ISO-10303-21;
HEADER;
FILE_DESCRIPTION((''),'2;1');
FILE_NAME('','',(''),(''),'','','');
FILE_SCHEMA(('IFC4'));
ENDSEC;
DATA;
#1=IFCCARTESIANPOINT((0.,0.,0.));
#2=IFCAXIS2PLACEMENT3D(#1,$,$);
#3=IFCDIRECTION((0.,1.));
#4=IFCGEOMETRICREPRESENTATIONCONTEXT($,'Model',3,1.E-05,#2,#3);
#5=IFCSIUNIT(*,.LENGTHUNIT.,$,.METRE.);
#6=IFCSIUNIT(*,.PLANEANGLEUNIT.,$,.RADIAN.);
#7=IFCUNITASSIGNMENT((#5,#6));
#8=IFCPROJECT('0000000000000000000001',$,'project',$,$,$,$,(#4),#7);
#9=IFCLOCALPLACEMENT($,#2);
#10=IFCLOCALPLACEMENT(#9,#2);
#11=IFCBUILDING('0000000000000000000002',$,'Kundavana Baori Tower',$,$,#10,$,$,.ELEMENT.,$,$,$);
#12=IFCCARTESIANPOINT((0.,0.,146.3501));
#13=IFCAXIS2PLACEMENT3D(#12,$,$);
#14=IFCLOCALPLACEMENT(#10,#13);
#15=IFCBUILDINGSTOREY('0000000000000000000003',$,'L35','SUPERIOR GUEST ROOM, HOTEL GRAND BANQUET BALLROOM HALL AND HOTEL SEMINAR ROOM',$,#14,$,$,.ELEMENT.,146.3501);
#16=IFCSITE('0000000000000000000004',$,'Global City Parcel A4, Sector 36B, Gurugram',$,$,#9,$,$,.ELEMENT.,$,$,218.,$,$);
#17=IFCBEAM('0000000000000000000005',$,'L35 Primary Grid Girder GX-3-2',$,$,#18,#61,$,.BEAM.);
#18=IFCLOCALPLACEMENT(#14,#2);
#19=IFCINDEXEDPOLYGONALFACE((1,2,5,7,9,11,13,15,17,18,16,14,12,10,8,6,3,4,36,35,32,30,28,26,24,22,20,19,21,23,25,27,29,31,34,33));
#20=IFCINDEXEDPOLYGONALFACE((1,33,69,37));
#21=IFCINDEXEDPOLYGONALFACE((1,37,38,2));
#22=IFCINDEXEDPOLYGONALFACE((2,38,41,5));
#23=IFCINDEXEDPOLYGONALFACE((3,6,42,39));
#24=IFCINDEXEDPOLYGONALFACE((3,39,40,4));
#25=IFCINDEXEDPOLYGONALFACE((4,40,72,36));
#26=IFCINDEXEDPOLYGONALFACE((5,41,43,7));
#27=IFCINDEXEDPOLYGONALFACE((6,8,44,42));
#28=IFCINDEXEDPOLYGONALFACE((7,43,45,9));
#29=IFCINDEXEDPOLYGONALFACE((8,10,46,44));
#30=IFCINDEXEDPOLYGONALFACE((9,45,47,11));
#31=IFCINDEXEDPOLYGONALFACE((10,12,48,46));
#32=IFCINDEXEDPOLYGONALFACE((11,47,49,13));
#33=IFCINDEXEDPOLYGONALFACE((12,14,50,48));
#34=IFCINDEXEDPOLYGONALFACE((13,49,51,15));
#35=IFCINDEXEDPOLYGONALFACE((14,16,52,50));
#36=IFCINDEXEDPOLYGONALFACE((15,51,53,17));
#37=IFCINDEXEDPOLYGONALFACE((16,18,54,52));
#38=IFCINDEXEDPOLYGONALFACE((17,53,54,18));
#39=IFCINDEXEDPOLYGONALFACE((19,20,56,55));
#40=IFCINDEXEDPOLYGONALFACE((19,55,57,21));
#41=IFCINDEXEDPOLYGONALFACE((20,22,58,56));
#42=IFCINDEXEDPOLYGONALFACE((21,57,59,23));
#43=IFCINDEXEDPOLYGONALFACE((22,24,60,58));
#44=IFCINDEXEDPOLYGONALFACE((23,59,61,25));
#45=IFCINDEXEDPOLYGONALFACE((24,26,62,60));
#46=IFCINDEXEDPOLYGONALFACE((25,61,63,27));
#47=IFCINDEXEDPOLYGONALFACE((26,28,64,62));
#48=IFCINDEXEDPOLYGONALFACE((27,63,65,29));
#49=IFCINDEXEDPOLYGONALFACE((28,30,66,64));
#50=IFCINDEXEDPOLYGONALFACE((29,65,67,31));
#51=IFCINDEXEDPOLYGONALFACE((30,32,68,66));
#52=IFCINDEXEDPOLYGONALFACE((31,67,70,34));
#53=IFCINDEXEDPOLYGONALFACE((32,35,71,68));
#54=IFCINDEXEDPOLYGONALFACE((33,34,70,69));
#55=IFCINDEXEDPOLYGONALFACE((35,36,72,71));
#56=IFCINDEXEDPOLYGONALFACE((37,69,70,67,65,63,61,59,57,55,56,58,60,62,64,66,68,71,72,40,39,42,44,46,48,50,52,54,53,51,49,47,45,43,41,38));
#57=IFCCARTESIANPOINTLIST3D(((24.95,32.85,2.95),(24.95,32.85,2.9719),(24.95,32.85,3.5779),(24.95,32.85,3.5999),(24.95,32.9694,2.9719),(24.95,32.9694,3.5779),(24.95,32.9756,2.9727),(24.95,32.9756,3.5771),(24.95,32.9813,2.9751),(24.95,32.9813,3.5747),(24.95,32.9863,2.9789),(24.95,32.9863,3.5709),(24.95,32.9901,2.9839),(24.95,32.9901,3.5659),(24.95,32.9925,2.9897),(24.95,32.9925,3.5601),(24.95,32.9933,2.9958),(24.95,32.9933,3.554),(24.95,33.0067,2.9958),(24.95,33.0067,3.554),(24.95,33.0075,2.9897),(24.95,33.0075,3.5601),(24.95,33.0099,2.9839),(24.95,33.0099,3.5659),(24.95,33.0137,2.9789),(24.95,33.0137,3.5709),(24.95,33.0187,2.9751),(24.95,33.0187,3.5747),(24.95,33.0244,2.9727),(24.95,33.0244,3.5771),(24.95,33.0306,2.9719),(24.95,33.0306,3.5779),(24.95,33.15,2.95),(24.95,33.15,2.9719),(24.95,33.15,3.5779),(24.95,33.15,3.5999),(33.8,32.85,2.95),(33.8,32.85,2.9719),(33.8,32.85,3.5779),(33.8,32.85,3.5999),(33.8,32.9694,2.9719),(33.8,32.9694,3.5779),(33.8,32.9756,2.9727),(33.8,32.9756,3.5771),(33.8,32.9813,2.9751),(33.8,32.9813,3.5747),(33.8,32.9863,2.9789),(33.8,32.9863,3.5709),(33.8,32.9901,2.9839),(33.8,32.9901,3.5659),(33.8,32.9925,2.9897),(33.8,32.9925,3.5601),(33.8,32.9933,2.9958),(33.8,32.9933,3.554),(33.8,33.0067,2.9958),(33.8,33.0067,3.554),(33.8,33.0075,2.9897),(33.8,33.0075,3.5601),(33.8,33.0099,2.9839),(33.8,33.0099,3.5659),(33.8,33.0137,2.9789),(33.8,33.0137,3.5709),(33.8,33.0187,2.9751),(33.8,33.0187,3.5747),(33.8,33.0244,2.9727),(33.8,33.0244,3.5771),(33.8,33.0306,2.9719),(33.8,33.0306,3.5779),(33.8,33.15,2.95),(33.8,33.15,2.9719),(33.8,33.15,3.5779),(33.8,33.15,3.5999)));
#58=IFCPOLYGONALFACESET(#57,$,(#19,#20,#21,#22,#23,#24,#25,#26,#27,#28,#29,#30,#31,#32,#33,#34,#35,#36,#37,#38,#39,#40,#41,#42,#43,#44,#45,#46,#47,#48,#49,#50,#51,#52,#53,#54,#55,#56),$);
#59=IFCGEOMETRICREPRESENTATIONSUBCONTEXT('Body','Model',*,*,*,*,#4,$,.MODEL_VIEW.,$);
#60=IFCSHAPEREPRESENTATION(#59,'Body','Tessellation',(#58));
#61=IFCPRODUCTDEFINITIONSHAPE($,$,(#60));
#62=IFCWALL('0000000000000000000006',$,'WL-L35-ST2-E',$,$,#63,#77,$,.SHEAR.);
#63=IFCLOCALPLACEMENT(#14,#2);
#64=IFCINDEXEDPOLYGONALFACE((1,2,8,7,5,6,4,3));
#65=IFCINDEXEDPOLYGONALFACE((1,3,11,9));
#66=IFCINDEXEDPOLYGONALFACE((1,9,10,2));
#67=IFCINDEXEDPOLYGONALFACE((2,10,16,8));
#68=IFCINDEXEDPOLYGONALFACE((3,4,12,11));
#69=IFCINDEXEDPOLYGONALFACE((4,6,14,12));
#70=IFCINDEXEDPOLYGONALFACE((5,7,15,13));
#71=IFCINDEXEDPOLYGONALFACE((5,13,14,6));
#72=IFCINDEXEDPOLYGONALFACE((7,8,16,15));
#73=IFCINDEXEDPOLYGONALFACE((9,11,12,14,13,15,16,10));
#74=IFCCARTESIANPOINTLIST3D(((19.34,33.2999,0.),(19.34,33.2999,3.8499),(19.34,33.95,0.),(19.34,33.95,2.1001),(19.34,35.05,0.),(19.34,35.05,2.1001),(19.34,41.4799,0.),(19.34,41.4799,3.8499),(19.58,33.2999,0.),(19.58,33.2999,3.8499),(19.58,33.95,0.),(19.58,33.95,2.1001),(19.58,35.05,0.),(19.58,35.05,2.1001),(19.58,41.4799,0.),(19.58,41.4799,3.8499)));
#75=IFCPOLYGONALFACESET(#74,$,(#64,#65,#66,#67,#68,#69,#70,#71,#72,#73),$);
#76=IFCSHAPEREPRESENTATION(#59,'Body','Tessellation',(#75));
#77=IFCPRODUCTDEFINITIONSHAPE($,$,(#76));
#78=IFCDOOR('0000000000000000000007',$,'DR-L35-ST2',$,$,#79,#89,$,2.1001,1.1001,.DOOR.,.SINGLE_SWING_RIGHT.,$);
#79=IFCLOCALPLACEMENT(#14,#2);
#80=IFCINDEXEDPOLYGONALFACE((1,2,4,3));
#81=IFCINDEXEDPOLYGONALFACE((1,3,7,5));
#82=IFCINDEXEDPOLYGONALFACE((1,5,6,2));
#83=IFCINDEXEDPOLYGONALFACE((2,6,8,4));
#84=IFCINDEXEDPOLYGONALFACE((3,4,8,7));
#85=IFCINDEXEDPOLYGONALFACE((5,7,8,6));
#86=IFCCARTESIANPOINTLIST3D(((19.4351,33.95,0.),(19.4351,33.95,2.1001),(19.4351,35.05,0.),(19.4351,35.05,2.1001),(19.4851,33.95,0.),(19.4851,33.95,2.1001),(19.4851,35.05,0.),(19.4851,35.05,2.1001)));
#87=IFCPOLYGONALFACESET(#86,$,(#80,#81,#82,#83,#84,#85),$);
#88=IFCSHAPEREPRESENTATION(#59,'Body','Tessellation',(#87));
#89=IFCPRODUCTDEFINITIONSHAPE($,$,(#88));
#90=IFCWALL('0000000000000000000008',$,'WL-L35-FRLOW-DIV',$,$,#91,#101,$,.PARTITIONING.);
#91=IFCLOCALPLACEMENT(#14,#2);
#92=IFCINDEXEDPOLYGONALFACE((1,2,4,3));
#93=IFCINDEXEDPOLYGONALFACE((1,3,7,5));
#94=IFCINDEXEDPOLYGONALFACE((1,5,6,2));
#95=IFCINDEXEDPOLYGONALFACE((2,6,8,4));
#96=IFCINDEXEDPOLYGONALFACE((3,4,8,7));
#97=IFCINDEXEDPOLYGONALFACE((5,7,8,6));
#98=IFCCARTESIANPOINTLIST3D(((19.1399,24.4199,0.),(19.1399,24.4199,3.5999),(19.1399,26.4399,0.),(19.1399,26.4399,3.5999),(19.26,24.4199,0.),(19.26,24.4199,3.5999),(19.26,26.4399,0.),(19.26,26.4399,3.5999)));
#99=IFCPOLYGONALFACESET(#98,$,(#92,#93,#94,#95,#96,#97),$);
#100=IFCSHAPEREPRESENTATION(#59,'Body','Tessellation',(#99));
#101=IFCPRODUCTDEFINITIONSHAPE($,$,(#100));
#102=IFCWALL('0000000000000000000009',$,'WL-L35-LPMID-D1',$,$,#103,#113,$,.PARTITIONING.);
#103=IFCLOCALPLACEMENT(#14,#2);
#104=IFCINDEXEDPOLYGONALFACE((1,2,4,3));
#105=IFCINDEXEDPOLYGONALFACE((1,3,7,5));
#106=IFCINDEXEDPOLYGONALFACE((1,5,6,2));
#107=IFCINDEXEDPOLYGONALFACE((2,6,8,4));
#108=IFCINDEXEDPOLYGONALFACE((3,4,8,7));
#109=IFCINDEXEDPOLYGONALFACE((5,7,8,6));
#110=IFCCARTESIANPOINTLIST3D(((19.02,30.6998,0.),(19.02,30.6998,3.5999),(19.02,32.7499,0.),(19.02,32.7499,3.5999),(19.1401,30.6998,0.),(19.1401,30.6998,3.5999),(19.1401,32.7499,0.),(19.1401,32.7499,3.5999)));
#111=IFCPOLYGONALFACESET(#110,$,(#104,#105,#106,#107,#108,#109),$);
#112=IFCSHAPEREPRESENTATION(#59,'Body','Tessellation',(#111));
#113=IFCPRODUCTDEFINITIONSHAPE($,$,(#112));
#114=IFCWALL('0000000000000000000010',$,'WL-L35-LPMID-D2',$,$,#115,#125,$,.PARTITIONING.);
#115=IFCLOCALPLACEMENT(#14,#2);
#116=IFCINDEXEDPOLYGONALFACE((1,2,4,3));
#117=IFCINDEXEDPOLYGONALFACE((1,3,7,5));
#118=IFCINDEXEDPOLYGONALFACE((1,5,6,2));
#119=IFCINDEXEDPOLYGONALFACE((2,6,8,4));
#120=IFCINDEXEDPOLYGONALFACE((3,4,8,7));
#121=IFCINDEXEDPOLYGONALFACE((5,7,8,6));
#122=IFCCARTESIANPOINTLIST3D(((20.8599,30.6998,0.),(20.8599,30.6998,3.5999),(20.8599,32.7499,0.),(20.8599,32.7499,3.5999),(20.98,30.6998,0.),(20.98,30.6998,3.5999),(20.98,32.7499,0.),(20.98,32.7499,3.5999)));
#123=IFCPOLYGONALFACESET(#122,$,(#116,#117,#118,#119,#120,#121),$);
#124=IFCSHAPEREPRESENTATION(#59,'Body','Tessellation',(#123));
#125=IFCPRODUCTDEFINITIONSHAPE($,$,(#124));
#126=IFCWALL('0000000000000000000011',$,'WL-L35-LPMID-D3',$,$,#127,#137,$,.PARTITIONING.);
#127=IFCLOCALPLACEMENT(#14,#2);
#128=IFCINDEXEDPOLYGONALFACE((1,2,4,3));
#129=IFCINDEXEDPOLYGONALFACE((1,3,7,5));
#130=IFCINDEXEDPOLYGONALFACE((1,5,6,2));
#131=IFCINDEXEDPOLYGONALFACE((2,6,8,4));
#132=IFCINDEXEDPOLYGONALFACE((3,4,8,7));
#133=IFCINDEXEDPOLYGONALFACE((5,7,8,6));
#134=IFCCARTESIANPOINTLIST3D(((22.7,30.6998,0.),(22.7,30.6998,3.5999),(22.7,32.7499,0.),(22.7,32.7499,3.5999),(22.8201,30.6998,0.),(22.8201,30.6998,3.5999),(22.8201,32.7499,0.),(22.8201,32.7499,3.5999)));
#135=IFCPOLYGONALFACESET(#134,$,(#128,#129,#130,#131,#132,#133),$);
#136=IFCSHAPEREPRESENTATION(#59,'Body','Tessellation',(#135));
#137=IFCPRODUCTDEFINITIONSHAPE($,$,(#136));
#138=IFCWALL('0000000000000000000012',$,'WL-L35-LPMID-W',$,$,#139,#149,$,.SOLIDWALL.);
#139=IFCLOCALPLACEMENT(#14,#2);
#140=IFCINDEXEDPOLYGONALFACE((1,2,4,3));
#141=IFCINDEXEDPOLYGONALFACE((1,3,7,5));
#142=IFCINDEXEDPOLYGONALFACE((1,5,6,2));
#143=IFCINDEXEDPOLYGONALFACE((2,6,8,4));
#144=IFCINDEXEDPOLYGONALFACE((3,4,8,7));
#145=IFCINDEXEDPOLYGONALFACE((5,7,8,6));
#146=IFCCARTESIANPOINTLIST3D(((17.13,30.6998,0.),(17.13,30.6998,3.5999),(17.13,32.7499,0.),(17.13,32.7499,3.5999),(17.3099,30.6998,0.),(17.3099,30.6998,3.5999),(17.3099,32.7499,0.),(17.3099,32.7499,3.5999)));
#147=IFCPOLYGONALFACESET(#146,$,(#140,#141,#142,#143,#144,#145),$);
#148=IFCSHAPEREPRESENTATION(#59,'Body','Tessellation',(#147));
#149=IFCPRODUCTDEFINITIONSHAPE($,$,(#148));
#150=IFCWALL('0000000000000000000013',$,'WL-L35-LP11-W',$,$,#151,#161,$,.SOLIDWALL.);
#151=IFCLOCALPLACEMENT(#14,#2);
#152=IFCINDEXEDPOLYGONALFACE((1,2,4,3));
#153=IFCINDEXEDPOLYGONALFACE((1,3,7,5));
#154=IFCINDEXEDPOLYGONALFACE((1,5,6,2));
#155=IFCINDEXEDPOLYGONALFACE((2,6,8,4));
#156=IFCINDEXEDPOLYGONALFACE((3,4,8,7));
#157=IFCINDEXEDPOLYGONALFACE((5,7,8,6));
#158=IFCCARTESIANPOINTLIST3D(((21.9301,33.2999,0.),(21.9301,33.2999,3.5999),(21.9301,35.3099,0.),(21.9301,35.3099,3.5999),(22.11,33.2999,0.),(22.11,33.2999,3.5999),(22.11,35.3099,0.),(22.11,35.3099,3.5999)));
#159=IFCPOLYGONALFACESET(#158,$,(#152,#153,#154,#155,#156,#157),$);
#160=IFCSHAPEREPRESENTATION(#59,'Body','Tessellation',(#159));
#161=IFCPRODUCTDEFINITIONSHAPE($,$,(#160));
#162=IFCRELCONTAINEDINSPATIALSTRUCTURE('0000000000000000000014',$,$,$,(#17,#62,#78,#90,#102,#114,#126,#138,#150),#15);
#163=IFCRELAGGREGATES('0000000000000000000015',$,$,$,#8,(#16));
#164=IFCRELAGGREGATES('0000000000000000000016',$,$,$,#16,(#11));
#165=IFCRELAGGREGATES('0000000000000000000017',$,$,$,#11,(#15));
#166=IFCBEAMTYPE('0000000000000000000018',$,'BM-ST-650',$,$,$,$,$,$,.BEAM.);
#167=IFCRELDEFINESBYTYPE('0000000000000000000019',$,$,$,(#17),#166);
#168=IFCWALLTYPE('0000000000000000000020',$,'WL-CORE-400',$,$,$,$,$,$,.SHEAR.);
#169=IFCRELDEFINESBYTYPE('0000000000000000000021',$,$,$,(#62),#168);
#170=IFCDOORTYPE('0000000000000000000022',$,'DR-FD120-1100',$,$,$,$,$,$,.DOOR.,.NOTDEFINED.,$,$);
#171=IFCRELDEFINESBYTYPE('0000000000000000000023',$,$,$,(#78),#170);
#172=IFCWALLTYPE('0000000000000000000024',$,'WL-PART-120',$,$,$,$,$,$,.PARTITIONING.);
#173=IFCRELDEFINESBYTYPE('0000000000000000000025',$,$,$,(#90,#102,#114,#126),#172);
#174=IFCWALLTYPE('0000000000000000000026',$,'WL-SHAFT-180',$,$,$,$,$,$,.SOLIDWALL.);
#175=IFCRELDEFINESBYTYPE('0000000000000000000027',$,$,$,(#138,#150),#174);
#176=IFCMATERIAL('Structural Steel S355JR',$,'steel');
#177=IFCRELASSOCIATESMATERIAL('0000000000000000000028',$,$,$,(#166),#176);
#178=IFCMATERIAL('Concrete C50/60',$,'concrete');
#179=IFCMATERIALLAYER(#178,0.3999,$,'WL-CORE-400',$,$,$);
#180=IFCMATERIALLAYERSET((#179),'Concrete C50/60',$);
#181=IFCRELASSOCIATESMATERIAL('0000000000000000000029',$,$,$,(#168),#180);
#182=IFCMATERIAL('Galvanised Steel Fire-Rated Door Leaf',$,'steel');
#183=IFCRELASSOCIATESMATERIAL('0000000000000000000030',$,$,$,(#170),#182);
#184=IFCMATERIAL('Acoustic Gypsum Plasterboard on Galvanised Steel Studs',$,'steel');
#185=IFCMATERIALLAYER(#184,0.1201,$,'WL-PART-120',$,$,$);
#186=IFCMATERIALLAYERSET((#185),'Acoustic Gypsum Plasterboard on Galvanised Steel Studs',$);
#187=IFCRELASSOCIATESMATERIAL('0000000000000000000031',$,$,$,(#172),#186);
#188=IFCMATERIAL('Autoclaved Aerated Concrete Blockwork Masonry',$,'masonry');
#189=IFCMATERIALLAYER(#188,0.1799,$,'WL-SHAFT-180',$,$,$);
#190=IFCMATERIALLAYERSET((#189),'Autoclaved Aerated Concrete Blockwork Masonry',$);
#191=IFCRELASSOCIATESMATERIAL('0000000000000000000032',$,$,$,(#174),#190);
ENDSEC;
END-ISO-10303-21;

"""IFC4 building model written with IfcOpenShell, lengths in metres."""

from ifc_helpers import new_model, si_unit, direction, frame, frame_2d, origin, origin_2d, place, context, subcontext, project, spatial, rectangle, i_section, extrude, material, layer, layer_set, material_profile, profile_set, type_object, element, fill, save


model = new_model("IFC4")

# Units and contexts
model_context = context("Model", 3, precision=1e-05, world=origin(), true_north=direction((0.0, 1.0)))
body_context = subcontext(model_context, "Body", "Model", "MODEL_VIEW")
ifc_project = project(units=[si_unit("LENGTHUNIT", "METRE"), si_unit("PLANEANGLEUNIT", "RADIAN")], contexts=[model_context])

# Site, building, storey
site_placement = place(None, origin())
site = spatial("IfcSite", under=ifc_project, at=site_placement, Name="Global City Parcel A4, Sector 36B, Gurugram", CompositionType="ELEMENT", RefElevation=218.0)
building_placement = place(site_placement, origin())
building = spatial("IfcBuilding", under=site, at=building_placement, Name="Kundavana Baori Tower", CompositionType="ELEMENT")
storey_placement = place(building_placement, frame((0.0, 0.0, 146.3501)))
storey = spatial("IfcBuildingStorey", under=building, at=storey_placement, Name="L35", Description="SUPERIOR GUEST ROOM, HOTEL GRAND BANQUET BALLROOM HALL AND HOTEL SEMINAR ROOM", CompositionType="ELEMENT", Elevation=146.3501)

# Beam
ifc_material_1 = material(Name="Structural Steel S355JR", Category="steel")
ifc_material_profile_1 = material_profile(ifc_material_1, i_section(OverallWidth=0.3, OverallDepth=0.6499, WebThickness=0.0134, FlangeThickness=0.022, FilletRadius=0.0239, at=origin_2d()), Name="NPB 650x300x155")
ifc_profile_set_1 = profile_set([ifc_material_profile_1], Name="Structural Steel S355JR")
beam_type_1 = type_object("IfcBeamType", Name="BM-ST-650", PredefinedType="BEAM", material=ifc_profile_set_1)
for number, where, z_axis, x_axis, name in (
    (1, (24.95, 33.0, 3.2749), (1.0, 0.0, 0.0), (0.0, 1.0, 0.0), "L35 Primary Grid Girder GX-3-2"),
):
    element("IfcBeam", number, at=place(storey_placement, frame(where, z_axis=z_axis, x_axis=x_axis)), inside=storey, type_object=beam_type_1, Name=name, PredefinedType="BEAM", context=body_context, shape_type="SweptSolid", body=[
        extrude(i_section(OverallWidth=0.3, OverallDepth=0.6499, WebThickness=0.0134, FlangeThickness=0.022, FilletRadius=0.0239, at=origin_2d()), origin(), (0.0, 0.0, 1.0), 8.8501),
    ])

# Wall, opening, door
ifc_material_2 = material(Name="Concrete C50/60", Category="concrete")
ifc_layer_1 = layer(ifc_material_2, 0.3999, Name="WL-CORE-400")
ifc_layer_set_1 = layer_set([ifc_layer_1], Name="Concrete C50/60")
wall_type_1 = type_object("IfcWallType", Name="WL-CORE-400", PredefinedType="SHEAR", material=ifc_layer_set_1)
wall_1_placement = place(storey_placement, frame((19.46, 33.3, 0.0), z_axis=(0.0, 0.0, 1.0), x_axis=(0.0, 1.0, 0.0)))
wall_1 = element("IfcWall", 2, at=wall_1_placement, inside=storey, type_object=wall_type_1, Name="WL-L35-ST2-E", PredefinedType="SHEAR", context=body_context, shape_type="SweptSolid", body=[
    extrude(rectangle(XDim=8.1799, YDim=0.24, at=frame_2d((4.0898, 0.0))), origin(), (0.0, 0.0, 1.0), 3.8499),
])
opening_placement = place(wall_1_placement, frame((0.6499, 0.0, 0.0)))
opening = element("IfcOpeningElement", 3, at=opening_placement, cuts=wall_1, PredefinedType="OPENING", context=body_context, shape_type="SweptSolid", body=[
    extrude(rectangle(XDim=1.1001, YDim=2.1001, at=frame_2d((0.55, 1.05))), frame((0.0, 0.1299, 0.0), z_axis=(0.0, -1.0, 0.0), x_axis=(1.0, 0.0, 0.0)), (0.0, 0.0, 1.0), 0.26),
])
ifc_material_3 = material(Name="Galvanised Steel Fire-Rated Door Leaf", Category="steel")
door_type = type_object("IfcDoorType", Name="DR-FD120-1100", OperationType="NOTDEFINED", PredefinedType="DOOR", material=ifc_material_3)
door_placement = place(opening_placement, origin())
door = element("IfcDoor", 4, at=door_placement, inside=storey, type_object=door_type, Name="DR-L35-ST2", OperationType="SINGLE_SWING_RIGHT", OverallHeight=2.1001, OverallWidth=1.1001, PredefinedType="DOOR", context=body_context, shape_type="SweptSolid", body=[
    extrude(rectangle(XDim=1.1001, YDim=2.1001, at=frame_2d((0.55, 1.05))), frame((0.0, 0.0249, 0.0), z_axis=(0.0, -1.0, 0.0), x_axis=(1.0, 0.0, 0.0)), (0.0, 0.0, 1.0), 0.05),
])
fill(opening, door)

# Walls
ifc_material_4 = material(Name="Acoustic Gypsum Plasterboard on Galvanised Steel Studs", Category="steel")
ifc_layer_2 = layer(ifc_material_4, 0.1201, Name="WL-PART-120")
ifc_layer_set_2 = layer_set([ifc_layer_2], Name="Acoustic Gypsum Plasterboard on Galvanised Steel Studs")
wall_type_2 = type_object("IfcWallType", Name="WL-PART-120", PredefinedType="PARTITIONING", material=ifc_layer_set_2)
wall_2_placement = place(storey_placement, frame((19.2, 24.4199, 0.0), z_axis=(0.0, 0.0, 1.0), x_axis=(0.0, 1.0, 0.0)))
element("IfcWall", 5, at=wall_2_placement, inside=storey, type_object=wall_type_2, Name="WL-L35-FRLOW-DIV", PredefinedType="PARTITIONING", context=body_context, shape_type="SweptSolid", body=[
    extrude(rectangle(XDim=2.02, YDim=0.1201, at=frame_2d((1.01, 0.0))), origin(), (0.0, 0.0, 1.0), 3.5999),
])
for number, where, z_axis, x_axis, name in (
    (6, (19.0801, 30.7, 0.0), (0.0, 0.0, 1.0), (0.0, 1.0, 0.0), "WL-L35-LPMID-D1"),
    (7, (20.9199, 30.7, 0.0), (0.0, 0.0, 1.0), (0.0, 1.0, 0.0), "WL-L35-LPMID-D2"),
    (8, (22.76, 30.7, 0.0), (0.0, 0.0, 1.0), (0.0, 1.0, 0.0), "WL-L35-LPMID-D3"),
):
    element("IfcWall", number, at=place(storey_placement, frame(where, z_axis=z_axis, x_axis=x_axis)), inside=storey, type_object=wall_type_2, Name=name, PredefinedType="PARTITIONING", context=body_context, shape_type="SweptSolid", body=[
        extrude(rectangle(XDim=2.05, YDim=0.1201, at=frame_2d((1.0249, 0.0))), origin(), (0.0, 0.0, 1.0), 3.5999),
    ])
ifc_material_5 = material(Name="Autoclaved Aerated Concrete Blockwork Masonry", Category="masonry")
ifc_layer_3 = layer(ifc_material_5, 0.1799, Name="WL-SHAFT-180")
ifc_layer_set_3 = layer_set([ifc_layer_3], Name="Autoclaved Aerated Concrete Blockwork Masonry")
wall_type_3 = type_object("IfcWallType", Name="WL-SHAFT-180", PredefinedType="SOLIDWALL", material=ifc_layer_set_3)
wall_3_placement = place(storey_placement, frame((17.22, 30.7, 0.0), z_axis=(0.0, 0.0, 1.0), x_axis=(0.0, 1.0, 0.0)))
element("IfcWall", 9, at=wall_3_placement, inside=storey, type_object=wall_type_3, Name="WL-L35-LPMID-W", PredefinedType="SOLIDWALL", context=body_context, shape_type="SweptSolid", body=[
    extrude(rectangle(XDim=2.05, YDim=0.1799, at=frame_2d((1.0249, 0.0))), origin(), (0.0, 0.0, 1.0), 3.5999),
])
wall_4_placement = place(storey_placement, frame((22.02, 33.3, 0.0), z_axis=(0.0, 0.0, 1.0), x_axis=(0.0, 1.0, 0.0)))
element("IfcWall", 10, at=wall_4_placement, inside=storey, type_object=wall_type_3, Name="WL-L35-LP11-W", PredefinedType="SOLIDWALL", context=body_context, shape_type="SweptSolid", body=[
    extrude(rectangle(XDim=2.01, YDim=0.1799, at=frame_2d((1.0049, 0.0))), origin(), (0.0, 0.0, 1.0), 3.5999),
])

save(model, "model.ifc")
